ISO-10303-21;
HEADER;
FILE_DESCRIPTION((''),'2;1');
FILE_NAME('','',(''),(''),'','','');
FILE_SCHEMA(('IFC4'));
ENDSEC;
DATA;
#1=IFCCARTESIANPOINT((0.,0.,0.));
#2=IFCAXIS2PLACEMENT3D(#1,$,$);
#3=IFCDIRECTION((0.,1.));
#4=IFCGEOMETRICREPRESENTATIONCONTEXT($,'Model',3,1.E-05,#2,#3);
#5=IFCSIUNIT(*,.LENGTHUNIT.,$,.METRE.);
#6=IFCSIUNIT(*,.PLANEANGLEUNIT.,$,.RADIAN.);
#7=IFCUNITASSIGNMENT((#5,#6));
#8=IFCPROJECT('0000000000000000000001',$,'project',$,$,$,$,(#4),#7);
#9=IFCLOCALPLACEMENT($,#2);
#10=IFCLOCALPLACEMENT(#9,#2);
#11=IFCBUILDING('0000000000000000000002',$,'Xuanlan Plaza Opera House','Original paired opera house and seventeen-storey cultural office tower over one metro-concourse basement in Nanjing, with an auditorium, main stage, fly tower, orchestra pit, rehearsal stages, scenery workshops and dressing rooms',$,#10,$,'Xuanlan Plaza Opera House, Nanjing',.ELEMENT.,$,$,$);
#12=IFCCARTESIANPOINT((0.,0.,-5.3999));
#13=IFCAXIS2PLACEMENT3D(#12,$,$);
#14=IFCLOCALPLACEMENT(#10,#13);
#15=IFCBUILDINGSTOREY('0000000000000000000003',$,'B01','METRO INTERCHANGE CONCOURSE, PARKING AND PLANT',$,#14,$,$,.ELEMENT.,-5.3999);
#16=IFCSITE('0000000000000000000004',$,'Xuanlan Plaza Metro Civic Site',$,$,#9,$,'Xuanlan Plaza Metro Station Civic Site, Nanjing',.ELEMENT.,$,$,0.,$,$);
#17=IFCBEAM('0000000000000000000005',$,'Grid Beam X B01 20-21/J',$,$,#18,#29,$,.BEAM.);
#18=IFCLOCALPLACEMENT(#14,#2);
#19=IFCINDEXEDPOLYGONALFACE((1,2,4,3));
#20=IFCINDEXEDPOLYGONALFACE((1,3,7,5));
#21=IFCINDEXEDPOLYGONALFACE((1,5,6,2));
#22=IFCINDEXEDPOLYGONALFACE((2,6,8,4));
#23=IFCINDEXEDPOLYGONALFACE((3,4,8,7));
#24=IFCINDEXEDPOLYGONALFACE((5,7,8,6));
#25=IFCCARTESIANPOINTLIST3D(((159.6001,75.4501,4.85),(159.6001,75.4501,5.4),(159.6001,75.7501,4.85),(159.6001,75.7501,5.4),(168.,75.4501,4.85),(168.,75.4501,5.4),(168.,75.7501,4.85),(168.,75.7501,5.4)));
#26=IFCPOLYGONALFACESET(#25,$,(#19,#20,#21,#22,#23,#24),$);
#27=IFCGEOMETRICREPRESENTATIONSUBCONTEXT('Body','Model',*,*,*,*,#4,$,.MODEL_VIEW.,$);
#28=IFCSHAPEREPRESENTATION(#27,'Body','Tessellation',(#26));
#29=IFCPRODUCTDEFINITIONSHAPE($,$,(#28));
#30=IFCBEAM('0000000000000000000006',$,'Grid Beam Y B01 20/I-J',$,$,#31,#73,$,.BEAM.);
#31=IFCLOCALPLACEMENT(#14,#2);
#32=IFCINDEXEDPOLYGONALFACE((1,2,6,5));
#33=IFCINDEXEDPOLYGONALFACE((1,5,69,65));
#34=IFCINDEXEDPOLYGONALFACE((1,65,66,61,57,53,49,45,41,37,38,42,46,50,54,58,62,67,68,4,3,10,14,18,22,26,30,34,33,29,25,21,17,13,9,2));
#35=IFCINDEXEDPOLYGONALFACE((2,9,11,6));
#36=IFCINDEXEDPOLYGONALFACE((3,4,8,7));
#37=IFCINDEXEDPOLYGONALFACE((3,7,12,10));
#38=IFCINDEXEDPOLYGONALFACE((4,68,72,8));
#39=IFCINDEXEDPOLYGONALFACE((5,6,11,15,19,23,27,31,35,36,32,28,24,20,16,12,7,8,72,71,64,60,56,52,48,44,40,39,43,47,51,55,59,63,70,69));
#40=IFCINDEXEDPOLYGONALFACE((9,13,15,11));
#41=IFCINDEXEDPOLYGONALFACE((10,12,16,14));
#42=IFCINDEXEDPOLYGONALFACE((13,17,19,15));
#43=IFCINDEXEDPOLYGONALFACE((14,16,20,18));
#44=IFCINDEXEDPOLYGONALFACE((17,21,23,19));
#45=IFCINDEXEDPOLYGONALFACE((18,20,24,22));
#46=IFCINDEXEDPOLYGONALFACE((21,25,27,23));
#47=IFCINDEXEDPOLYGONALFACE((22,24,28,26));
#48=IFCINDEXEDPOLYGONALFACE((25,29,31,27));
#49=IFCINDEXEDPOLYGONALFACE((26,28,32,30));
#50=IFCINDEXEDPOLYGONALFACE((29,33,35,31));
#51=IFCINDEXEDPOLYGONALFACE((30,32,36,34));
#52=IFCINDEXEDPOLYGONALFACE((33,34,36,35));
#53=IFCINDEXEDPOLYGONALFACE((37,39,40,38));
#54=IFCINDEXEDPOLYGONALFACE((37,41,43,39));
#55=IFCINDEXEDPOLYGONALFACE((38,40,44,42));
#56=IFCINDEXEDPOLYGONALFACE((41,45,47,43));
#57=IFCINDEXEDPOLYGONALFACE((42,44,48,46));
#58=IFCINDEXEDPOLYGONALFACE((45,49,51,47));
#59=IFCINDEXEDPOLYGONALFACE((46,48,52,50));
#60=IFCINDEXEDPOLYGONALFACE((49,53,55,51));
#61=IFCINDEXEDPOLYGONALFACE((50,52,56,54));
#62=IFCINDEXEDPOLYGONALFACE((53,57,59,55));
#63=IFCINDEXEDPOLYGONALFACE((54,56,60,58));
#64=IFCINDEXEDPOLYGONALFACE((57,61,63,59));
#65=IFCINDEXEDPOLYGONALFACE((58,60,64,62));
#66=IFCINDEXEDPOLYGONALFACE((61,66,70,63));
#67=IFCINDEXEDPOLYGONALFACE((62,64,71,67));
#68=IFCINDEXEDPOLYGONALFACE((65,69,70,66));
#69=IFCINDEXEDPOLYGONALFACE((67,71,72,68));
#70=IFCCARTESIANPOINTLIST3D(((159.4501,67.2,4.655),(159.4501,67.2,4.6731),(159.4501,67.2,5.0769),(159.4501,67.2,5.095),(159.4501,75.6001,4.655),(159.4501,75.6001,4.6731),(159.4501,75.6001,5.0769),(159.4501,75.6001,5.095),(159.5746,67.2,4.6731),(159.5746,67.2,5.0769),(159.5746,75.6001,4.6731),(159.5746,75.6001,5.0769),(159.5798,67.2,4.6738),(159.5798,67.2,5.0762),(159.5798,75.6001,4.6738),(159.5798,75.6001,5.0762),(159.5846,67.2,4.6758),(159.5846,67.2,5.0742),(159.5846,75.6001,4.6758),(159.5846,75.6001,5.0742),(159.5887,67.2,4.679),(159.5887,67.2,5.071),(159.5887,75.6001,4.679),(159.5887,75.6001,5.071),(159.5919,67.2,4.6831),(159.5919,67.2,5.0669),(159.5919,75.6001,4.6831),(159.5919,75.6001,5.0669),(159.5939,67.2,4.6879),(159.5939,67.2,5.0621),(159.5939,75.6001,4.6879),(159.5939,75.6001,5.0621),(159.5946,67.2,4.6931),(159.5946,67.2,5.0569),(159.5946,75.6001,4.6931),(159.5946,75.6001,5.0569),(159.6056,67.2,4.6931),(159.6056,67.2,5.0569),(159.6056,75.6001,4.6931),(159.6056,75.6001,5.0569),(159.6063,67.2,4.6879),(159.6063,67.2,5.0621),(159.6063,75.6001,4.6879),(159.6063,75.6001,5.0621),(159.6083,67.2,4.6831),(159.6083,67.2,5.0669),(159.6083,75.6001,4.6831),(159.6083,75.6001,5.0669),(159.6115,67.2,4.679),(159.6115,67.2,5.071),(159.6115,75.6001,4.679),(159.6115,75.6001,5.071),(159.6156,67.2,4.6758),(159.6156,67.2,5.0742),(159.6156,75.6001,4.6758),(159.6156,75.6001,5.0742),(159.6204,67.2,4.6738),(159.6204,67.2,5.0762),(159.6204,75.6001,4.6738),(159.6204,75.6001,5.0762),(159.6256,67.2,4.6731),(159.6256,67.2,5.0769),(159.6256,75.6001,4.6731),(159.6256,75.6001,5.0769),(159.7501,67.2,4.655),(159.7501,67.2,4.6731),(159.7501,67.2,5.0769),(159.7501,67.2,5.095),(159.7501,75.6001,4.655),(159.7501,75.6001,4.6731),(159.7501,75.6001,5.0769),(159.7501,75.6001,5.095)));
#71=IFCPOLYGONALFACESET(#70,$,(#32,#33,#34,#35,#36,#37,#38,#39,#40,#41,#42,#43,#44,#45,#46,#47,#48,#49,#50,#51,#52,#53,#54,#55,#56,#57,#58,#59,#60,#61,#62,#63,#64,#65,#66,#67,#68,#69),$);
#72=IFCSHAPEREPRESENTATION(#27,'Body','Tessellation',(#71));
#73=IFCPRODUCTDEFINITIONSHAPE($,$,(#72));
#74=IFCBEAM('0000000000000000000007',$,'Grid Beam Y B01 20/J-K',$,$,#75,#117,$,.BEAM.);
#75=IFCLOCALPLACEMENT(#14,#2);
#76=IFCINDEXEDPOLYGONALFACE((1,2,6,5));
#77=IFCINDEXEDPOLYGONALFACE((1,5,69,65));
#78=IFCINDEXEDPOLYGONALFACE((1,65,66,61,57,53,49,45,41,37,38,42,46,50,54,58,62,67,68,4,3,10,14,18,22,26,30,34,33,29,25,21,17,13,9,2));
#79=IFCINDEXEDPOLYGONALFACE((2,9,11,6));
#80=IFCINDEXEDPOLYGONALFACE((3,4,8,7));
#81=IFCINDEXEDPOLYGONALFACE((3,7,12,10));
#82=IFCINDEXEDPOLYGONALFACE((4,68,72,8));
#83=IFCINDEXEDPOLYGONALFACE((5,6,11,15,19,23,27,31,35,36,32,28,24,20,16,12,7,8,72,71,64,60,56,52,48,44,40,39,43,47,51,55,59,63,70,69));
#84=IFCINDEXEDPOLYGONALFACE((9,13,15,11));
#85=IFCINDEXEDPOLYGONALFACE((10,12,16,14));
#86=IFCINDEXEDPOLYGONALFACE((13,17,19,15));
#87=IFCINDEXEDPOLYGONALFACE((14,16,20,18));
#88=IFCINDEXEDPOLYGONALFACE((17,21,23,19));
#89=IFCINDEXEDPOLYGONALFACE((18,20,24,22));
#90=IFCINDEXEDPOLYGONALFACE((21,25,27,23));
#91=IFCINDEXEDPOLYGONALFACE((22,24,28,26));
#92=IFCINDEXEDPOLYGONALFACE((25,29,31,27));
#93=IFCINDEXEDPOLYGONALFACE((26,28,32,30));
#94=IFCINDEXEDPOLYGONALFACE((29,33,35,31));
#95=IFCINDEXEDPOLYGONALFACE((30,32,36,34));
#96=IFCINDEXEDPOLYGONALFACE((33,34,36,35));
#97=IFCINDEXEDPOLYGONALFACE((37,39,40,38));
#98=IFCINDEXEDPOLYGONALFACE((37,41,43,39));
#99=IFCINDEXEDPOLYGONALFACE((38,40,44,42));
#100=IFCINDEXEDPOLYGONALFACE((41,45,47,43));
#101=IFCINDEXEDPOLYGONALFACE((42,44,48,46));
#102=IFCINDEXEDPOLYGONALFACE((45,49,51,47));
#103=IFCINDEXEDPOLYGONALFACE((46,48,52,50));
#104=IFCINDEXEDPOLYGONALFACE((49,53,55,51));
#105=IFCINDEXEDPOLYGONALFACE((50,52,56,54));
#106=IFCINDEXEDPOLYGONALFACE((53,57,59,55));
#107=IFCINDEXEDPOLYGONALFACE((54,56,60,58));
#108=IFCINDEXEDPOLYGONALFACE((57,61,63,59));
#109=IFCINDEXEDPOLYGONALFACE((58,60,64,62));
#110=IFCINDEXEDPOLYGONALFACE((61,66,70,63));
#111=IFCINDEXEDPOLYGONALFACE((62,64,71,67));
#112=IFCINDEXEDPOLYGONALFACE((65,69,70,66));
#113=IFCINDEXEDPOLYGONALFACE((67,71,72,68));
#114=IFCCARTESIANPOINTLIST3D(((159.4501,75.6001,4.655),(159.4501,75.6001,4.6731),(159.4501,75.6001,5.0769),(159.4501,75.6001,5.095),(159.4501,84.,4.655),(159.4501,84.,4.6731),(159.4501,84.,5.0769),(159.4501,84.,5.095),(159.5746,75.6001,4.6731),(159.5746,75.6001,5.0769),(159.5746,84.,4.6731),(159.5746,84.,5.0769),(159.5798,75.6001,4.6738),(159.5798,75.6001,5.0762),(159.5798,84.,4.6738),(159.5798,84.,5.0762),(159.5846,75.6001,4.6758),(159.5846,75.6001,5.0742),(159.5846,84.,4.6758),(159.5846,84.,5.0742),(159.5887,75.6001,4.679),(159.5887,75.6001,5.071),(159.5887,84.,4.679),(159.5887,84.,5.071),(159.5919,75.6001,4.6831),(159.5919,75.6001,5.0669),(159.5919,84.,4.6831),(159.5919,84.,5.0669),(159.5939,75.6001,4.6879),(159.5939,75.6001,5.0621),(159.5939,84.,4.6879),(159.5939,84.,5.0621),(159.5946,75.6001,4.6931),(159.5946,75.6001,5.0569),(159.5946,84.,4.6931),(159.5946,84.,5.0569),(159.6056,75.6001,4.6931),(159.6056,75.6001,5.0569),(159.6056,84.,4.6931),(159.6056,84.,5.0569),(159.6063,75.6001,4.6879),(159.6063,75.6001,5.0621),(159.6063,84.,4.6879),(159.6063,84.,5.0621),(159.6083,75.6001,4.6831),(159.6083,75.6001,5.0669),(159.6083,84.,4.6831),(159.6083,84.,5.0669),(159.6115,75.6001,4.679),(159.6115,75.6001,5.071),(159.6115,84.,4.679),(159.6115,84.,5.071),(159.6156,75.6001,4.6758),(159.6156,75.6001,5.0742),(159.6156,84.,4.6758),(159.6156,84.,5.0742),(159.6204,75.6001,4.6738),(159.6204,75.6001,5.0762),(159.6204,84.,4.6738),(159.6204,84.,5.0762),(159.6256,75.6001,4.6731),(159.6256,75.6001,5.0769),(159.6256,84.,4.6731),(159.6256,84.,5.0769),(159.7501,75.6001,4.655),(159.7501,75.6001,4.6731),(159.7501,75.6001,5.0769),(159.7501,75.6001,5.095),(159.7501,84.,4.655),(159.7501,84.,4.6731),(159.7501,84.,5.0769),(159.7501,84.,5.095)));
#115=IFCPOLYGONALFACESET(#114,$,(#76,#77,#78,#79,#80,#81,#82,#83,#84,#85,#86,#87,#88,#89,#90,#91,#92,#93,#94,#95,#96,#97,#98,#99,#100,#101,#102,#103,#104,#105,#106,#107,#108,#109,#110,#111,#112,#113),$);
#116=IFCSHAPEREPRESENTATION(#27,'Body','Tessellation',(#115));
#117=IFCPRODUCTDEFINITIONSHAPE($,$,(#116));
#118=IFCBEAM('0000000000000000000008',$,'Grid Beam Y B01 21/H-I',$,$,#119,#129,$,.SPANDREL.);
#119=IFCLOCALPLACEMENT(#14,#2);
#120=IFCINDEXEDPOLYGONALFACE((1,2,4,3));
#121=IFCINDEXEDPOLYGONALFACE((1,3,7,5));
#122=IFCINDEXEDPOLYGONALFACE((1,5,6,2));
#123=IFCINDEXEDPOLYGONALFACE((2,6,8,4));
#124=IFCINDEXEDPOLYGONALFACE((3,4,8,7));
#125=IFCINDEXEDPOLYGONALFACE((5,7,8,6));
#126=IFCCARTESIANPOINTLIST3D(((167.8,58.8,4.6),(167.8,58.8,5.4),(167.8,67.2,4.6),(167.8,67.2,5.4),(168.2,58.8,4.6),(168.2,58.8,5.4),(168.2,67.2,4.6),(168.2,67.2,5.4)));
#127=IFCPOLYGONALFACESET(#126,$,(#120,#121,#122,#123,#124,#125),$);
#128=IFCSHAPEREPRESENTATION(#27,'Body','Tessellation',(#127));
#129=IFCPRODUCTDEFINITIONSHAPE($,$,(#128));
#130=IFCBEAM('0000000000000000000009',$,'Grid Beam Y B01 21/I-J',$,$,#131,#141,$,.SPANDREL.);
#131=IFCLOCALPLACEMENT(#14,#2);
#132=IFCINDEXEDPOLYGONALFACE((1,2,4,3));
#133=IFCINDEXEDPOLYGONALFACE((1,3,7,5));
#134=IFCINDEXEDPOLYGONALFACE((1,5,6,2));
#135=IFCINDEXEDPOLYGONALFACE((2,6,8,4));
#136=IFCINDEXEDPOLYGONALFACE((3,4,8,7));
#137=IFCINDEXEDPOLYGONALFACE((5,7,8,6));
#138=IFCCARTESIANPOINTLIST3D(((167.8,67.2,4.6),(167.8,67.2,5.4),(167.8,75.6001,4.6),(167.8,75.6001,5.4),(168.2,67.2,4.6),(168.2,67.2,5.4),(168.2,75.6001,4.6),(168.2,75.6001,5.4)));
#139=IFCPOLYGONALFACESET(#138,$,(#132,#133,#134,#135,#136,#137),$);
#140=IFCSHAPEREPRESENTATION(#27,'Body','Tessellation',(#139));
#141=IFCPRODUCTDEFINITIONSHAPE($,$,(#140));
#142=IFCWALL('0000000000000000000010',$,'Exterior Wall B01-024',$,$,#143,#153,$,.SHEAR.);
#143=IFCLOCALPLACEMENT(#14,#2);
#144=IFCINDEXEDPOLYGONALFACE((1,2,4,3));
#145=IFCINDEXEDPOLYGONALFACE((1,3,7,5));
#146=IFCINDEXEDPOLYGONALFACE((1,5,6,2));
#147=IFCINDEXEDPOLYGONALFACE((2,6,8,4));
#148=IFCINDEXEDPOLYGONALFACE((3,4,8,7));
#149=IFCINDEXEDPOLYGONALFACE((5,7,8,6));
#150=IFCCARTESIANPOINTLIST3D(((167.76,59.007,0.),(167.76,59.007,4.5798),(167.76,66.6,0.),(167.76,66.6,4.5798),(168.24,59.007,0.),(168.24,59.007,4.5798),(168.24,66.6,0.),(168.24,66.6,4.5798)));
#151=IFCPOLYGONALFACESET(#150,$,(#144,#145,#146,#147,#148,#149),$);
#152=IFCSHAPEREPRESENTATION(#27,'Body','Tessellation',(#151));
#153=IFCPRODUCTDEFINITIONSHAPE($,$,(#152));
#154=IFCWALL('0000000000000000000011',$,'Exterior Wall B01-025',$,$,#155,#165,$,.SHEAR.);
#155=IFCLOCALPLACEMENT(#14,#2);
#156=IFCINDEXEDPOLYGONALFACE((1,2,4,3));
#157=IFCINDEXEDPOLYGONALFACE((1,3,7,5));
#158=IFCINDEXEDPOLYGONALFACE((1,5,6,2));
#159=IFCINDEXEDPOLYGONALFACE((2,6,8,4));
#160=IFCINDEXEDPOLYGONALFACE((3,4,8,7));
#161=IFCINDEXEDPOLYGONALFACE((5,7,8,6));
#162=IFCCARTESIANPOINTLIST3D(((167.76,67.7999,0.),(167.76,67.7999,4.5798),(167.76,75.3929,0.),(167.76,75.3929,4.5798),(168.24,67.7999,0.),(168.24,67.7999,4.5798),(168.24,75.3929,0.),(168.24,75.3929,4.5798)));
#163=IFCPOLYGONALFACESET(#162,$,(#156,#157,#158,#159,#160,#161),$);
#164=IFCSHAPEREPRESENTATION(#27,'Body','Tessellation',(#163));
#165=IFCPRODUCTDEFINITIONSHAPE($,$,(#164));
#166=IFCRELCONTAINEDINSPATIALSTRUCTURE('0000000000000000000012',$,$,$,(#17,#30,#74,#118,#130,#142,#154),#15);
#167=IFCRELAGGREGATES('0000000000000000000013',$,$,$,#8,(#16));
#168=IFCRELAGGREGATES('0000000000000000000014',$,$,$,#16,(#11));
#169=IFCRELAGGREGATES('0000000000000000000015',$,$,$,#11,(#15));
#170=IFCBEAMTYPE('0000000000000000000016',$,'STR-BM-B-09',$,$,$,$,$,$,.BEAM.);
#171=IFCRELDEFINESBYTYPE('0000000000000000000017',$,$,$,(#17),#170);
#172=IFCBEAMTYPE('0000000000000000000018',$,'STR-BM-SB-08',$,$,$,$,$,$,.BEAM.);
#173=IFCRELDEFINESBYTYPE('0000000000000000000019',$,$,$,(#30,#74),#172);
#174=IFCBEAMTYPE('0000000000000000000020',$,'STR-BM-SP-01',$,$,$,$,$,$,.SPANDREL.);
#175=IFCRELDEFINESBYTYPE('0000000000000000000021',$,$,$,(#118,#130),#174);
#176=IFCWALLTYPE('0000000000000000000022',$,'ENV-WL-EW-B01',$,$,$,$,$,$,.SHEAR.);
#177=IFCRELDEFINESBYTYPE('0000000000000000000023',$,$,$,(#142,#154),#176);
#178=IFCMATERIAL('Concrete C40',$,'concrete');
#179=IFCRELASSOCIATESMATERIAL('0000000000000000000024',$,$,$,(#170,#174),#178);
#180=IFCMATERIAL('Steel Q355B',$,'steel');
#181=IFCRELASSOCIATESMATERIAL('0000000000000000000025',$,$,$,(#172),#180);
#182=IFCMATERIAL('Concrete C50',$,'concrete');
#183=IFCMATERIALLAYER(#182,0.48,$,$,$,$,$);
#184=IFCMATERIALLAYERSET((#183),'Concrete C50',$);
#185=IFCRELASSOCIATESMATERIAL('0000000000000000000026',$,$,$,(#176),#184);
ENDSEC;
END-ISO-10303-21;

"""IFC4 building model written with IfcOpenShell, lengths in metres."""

from ifc_helpers import new_model, si_unit, direction, frame, frame_2d, origin, origin_2d, place, context, subcontext, project, spatial, rectangle, i_section, extrude, material, layer, layer_set, material_profile, profile_set, type_object, element, save


model = new_model("IFC4")

# Units and contexts
model_context = context("Model", 3, precision=1e-05, world=origin(), true_north=direction((0.0, 1.0)))
body_context = subcontext(model_context, "Body", "Model", "MODEL_VIEW")
ifc_project = project(units=[si_unit("LENGTHUNIT", "METRE"), si_unit("PLANEANGLEUNIT", "RADIAN")], contexts=[model_context])

# Site, building, storey
site_placement = place(None, origin())
site = spatial("IfcSite", under=ifc_project, at=site_placement, Name="Xuanlan Plaza Metro Civic Site", LongName="Xuanlan Plaza Metro Station Civic Site, Nanjing", CompositionType="ELEMENT", RefElevation=0.0)
building_placement = place(site_placement, origin())
building = spatial("IfcBuilding", under=site, at=building_placement, Name="Xuanlan Plaza Opera House", Description="Original paired opera house and seventeen-storey cultural office tower over one metro-concourse basement in Nanjing, with an auditorium, main stage, fly tower, orchestra pit, rehearsal stages, scenery workshops and dressing rooms", LongName="Xuanlan Plaza Opera House, Nanjing", CompositionType="ELEMENT")
storey_placement = place(building_placement, frame((0.0, 0.0, -5.3999)))
storey = spatial("IfcBuildingStorey", under=building, at=storey_placement, Name="B01", Description="METRO INTERCHANGE CONCOURSE, PARKING AND PLANT", CompositionType="ELEMENT", Elevation=-5.3999)

# Shared definitions
ifc_material_1 = material(Name="Concrete C50", Category="concrete")

# Shared definitions
ifc_material_2 = material(Name="Concrete C40", Category="concrete")

# Beams
ifc_material_profile_1 = material_profile(ifc_material_2, rectangle(XDim=0.3, YDim=0.55, at=origin_2d()), Name="RC-BM 300x550")
ifc_profile_set_1 = profile_set([ifc_material_profile_1], Name="Concrete C40")
beam_type_1 = type_object("IfcBeamType", Name="STR-BM-B-09", PredefinedType="BEAM", material=ifc_profile_set_1)
beam_1_placement = place(storey_placement, frame((159.6001, 75.6001, 5.125), z_axis=(1.0, 0.0, 0.0), x_axis=(0.0, 1.0, 0.0)))
element("IfcBeam", 1, at=beam_1_placement, inside=storey, type_object=beam_type_1, Name="Grid Beam X B01 20-21/J", PredefinedType="BEAM", context=body_context, shape_type="SweptSolid", body=[
    extrude(rectangle(XDim=0.3, YDim=0.55, at=origin_2d()), origin(), (0.0, 0.0, 1.0), 8.3999),
])
ifc_material_3 = material(Name="Steel Q355B", Category="steel")
ifc_material_profile_2 = material_profile(ifc_material_3, i_section(OverallWidth=0.3, OverallDepth=0.4399, WebThickness=0.011, FlangeThickness=0.0181, FilletRadius=0.02, at=origin_2d()), Name="HM 440x300x11x18")
ifc_profile_set_2 = profile_set([ifc_material_profile_2], Name="Steel Q355B")
beam_type_2 = type_object("IfcBeamType", Name="STR-BM-SB-08", PredefinedType="BEAM", material=ifc_profile_set_2)
beam_2_placement = place(storey_placement, frame((159.6001, 67.2, 4.875), z_axis=(0.0, 1.0, 0.0), x_axis=(-1.0, 0.0, 0.0)))
element("IfcBeam", 2, at=beam_2_placement, inside=storey, type_object=beam_type_2, Name="Grid Beam Y B01 20/I-J", PredefinedType="BEAM", context=body_context, shape_type="SweptSolid", body=[
    extrude(i_section(OverallWidth=0.3, OverallDepth=0.4399, WebThickness=0.011, FlangeThickness=0.0181, FilletRadius=0.02, at=origin_2d()), origin(), (0.0, 0.0, 1.0), 8.4001),
])
beam_3_placement = place(storey_placement, frame((159.6001, 75.6001, 4.875), z_axis=(0.0, 1.0, 0.0), x_axis=(-1.0, 0.0, 0.0)))
element("IfcBeam", 3, at=beam_3_placement, inside=storey, type_object=beam_type_2, Name="Grid Beam Y B01 20/J-K", PredefinedType="BEAM", context=body_context, shape_type="SweptSolid", body=[
    extrude(i_section(OverallWidth=0.3, OverallDepth=0.4399, WebThickness=0.011, FlangeThickness=0.0181, FilletRadius=0.02, at=origin_2d()), origin(), (0.0, 0.0, 1.0), 8.3999),
])
ifc_material_profile_3 = material_profile(ifc_material_2, rectangle(XDim=0.3999, YDim=0.8, at=origin_2d()), Name="RC-SPD 400x800")
ifc_profile_set_3 = profile_set([ifc_material_profile_3], Name="Concrete C40")
beam_type_3 = type_object("IfcBeamType", Name="STR-BM-SP-01", PredefinedType="SPANDREL", material=ifc_profile_set_3)
beam_4_placement = place(storey_placement, frame((168.0, 58.8, 5.0), z_axis=(0.0, 1.0, 0.0), x_axis=(-1.0, 0.0, 0.0)))
element("IfcBeam", 4, at=beam_4_placement, inside=storey, type_object=beam_type_3, Name="Grid Beam Y B01 21/H-I", PredefinedType="SPANDREL", context=body_context, shape_type="SweptSolid", body=[
    extrude(rectangle(XDim=0.3999, YDim=0.8, at=origin_2d()), origin(), (0.0, 0.0, 1.0), 8.3999),
])
beam_5_placement = place(storey_placement, frame((168.0, 67.2, 5.0), z_axis=(0.0, 1.0, 0.0), x_axis=(-1.0, 0.0, 0.0)))
element("IfcBeam", 5, at=beam_5_placement, inside=storey, type_object=beam_type_3, Name="Grid Beam Y B01 21/I-J", PredefinedType="SPANDREL", context=body_context, shape_type="SweptSolid", body=[
    extrude(rectangle(XDim=0.3999, YDim=0.8, at=origin_2d()), origin(), (0.0, 0.0, 1.0), 8.4001),
])

# Walls
ifc_layer = layer(ifc_material_1, 0.48)
ifc_layer_set = layer_set([ifc_layer], Name="Concrete C50")
wall_type = type_object("IfcWallType", Name="ENV-WL-EW-B01", PredefinedType="SHEAR", material=ifc_layer_set)
for number, where, z_axis, x_axis, name in (
    (6, (168.0, 59.0071, 0.0), (0.0, 0.0, 1.0), (0.0, 1.0, 0.0), "Exterior Wall B01-024"),
    (7, (168.0, 67.8, 0.0), (0.0, 0.0, 1.0), (0.0, 1.0, 0.0), "Exterior Wall B01-025"),
):
    element("IfcWall", number, at=place(storey_placement, frame(where, z_axis=z_axis, x_axis=x_axis)), inside=storey, type_object=wall_type, Name=name, PredefinedType="SHEAR", context=body_context, shape_type="SweptSolid", body=[
        extrude(rectangle(XDim=7.593, YDim=0.48, at=frame_2d((3.7964, 0.0))), origin(), (0.0, 0.0, 1.0), 4.5798),
    ])

save(model, "model.ifc")
